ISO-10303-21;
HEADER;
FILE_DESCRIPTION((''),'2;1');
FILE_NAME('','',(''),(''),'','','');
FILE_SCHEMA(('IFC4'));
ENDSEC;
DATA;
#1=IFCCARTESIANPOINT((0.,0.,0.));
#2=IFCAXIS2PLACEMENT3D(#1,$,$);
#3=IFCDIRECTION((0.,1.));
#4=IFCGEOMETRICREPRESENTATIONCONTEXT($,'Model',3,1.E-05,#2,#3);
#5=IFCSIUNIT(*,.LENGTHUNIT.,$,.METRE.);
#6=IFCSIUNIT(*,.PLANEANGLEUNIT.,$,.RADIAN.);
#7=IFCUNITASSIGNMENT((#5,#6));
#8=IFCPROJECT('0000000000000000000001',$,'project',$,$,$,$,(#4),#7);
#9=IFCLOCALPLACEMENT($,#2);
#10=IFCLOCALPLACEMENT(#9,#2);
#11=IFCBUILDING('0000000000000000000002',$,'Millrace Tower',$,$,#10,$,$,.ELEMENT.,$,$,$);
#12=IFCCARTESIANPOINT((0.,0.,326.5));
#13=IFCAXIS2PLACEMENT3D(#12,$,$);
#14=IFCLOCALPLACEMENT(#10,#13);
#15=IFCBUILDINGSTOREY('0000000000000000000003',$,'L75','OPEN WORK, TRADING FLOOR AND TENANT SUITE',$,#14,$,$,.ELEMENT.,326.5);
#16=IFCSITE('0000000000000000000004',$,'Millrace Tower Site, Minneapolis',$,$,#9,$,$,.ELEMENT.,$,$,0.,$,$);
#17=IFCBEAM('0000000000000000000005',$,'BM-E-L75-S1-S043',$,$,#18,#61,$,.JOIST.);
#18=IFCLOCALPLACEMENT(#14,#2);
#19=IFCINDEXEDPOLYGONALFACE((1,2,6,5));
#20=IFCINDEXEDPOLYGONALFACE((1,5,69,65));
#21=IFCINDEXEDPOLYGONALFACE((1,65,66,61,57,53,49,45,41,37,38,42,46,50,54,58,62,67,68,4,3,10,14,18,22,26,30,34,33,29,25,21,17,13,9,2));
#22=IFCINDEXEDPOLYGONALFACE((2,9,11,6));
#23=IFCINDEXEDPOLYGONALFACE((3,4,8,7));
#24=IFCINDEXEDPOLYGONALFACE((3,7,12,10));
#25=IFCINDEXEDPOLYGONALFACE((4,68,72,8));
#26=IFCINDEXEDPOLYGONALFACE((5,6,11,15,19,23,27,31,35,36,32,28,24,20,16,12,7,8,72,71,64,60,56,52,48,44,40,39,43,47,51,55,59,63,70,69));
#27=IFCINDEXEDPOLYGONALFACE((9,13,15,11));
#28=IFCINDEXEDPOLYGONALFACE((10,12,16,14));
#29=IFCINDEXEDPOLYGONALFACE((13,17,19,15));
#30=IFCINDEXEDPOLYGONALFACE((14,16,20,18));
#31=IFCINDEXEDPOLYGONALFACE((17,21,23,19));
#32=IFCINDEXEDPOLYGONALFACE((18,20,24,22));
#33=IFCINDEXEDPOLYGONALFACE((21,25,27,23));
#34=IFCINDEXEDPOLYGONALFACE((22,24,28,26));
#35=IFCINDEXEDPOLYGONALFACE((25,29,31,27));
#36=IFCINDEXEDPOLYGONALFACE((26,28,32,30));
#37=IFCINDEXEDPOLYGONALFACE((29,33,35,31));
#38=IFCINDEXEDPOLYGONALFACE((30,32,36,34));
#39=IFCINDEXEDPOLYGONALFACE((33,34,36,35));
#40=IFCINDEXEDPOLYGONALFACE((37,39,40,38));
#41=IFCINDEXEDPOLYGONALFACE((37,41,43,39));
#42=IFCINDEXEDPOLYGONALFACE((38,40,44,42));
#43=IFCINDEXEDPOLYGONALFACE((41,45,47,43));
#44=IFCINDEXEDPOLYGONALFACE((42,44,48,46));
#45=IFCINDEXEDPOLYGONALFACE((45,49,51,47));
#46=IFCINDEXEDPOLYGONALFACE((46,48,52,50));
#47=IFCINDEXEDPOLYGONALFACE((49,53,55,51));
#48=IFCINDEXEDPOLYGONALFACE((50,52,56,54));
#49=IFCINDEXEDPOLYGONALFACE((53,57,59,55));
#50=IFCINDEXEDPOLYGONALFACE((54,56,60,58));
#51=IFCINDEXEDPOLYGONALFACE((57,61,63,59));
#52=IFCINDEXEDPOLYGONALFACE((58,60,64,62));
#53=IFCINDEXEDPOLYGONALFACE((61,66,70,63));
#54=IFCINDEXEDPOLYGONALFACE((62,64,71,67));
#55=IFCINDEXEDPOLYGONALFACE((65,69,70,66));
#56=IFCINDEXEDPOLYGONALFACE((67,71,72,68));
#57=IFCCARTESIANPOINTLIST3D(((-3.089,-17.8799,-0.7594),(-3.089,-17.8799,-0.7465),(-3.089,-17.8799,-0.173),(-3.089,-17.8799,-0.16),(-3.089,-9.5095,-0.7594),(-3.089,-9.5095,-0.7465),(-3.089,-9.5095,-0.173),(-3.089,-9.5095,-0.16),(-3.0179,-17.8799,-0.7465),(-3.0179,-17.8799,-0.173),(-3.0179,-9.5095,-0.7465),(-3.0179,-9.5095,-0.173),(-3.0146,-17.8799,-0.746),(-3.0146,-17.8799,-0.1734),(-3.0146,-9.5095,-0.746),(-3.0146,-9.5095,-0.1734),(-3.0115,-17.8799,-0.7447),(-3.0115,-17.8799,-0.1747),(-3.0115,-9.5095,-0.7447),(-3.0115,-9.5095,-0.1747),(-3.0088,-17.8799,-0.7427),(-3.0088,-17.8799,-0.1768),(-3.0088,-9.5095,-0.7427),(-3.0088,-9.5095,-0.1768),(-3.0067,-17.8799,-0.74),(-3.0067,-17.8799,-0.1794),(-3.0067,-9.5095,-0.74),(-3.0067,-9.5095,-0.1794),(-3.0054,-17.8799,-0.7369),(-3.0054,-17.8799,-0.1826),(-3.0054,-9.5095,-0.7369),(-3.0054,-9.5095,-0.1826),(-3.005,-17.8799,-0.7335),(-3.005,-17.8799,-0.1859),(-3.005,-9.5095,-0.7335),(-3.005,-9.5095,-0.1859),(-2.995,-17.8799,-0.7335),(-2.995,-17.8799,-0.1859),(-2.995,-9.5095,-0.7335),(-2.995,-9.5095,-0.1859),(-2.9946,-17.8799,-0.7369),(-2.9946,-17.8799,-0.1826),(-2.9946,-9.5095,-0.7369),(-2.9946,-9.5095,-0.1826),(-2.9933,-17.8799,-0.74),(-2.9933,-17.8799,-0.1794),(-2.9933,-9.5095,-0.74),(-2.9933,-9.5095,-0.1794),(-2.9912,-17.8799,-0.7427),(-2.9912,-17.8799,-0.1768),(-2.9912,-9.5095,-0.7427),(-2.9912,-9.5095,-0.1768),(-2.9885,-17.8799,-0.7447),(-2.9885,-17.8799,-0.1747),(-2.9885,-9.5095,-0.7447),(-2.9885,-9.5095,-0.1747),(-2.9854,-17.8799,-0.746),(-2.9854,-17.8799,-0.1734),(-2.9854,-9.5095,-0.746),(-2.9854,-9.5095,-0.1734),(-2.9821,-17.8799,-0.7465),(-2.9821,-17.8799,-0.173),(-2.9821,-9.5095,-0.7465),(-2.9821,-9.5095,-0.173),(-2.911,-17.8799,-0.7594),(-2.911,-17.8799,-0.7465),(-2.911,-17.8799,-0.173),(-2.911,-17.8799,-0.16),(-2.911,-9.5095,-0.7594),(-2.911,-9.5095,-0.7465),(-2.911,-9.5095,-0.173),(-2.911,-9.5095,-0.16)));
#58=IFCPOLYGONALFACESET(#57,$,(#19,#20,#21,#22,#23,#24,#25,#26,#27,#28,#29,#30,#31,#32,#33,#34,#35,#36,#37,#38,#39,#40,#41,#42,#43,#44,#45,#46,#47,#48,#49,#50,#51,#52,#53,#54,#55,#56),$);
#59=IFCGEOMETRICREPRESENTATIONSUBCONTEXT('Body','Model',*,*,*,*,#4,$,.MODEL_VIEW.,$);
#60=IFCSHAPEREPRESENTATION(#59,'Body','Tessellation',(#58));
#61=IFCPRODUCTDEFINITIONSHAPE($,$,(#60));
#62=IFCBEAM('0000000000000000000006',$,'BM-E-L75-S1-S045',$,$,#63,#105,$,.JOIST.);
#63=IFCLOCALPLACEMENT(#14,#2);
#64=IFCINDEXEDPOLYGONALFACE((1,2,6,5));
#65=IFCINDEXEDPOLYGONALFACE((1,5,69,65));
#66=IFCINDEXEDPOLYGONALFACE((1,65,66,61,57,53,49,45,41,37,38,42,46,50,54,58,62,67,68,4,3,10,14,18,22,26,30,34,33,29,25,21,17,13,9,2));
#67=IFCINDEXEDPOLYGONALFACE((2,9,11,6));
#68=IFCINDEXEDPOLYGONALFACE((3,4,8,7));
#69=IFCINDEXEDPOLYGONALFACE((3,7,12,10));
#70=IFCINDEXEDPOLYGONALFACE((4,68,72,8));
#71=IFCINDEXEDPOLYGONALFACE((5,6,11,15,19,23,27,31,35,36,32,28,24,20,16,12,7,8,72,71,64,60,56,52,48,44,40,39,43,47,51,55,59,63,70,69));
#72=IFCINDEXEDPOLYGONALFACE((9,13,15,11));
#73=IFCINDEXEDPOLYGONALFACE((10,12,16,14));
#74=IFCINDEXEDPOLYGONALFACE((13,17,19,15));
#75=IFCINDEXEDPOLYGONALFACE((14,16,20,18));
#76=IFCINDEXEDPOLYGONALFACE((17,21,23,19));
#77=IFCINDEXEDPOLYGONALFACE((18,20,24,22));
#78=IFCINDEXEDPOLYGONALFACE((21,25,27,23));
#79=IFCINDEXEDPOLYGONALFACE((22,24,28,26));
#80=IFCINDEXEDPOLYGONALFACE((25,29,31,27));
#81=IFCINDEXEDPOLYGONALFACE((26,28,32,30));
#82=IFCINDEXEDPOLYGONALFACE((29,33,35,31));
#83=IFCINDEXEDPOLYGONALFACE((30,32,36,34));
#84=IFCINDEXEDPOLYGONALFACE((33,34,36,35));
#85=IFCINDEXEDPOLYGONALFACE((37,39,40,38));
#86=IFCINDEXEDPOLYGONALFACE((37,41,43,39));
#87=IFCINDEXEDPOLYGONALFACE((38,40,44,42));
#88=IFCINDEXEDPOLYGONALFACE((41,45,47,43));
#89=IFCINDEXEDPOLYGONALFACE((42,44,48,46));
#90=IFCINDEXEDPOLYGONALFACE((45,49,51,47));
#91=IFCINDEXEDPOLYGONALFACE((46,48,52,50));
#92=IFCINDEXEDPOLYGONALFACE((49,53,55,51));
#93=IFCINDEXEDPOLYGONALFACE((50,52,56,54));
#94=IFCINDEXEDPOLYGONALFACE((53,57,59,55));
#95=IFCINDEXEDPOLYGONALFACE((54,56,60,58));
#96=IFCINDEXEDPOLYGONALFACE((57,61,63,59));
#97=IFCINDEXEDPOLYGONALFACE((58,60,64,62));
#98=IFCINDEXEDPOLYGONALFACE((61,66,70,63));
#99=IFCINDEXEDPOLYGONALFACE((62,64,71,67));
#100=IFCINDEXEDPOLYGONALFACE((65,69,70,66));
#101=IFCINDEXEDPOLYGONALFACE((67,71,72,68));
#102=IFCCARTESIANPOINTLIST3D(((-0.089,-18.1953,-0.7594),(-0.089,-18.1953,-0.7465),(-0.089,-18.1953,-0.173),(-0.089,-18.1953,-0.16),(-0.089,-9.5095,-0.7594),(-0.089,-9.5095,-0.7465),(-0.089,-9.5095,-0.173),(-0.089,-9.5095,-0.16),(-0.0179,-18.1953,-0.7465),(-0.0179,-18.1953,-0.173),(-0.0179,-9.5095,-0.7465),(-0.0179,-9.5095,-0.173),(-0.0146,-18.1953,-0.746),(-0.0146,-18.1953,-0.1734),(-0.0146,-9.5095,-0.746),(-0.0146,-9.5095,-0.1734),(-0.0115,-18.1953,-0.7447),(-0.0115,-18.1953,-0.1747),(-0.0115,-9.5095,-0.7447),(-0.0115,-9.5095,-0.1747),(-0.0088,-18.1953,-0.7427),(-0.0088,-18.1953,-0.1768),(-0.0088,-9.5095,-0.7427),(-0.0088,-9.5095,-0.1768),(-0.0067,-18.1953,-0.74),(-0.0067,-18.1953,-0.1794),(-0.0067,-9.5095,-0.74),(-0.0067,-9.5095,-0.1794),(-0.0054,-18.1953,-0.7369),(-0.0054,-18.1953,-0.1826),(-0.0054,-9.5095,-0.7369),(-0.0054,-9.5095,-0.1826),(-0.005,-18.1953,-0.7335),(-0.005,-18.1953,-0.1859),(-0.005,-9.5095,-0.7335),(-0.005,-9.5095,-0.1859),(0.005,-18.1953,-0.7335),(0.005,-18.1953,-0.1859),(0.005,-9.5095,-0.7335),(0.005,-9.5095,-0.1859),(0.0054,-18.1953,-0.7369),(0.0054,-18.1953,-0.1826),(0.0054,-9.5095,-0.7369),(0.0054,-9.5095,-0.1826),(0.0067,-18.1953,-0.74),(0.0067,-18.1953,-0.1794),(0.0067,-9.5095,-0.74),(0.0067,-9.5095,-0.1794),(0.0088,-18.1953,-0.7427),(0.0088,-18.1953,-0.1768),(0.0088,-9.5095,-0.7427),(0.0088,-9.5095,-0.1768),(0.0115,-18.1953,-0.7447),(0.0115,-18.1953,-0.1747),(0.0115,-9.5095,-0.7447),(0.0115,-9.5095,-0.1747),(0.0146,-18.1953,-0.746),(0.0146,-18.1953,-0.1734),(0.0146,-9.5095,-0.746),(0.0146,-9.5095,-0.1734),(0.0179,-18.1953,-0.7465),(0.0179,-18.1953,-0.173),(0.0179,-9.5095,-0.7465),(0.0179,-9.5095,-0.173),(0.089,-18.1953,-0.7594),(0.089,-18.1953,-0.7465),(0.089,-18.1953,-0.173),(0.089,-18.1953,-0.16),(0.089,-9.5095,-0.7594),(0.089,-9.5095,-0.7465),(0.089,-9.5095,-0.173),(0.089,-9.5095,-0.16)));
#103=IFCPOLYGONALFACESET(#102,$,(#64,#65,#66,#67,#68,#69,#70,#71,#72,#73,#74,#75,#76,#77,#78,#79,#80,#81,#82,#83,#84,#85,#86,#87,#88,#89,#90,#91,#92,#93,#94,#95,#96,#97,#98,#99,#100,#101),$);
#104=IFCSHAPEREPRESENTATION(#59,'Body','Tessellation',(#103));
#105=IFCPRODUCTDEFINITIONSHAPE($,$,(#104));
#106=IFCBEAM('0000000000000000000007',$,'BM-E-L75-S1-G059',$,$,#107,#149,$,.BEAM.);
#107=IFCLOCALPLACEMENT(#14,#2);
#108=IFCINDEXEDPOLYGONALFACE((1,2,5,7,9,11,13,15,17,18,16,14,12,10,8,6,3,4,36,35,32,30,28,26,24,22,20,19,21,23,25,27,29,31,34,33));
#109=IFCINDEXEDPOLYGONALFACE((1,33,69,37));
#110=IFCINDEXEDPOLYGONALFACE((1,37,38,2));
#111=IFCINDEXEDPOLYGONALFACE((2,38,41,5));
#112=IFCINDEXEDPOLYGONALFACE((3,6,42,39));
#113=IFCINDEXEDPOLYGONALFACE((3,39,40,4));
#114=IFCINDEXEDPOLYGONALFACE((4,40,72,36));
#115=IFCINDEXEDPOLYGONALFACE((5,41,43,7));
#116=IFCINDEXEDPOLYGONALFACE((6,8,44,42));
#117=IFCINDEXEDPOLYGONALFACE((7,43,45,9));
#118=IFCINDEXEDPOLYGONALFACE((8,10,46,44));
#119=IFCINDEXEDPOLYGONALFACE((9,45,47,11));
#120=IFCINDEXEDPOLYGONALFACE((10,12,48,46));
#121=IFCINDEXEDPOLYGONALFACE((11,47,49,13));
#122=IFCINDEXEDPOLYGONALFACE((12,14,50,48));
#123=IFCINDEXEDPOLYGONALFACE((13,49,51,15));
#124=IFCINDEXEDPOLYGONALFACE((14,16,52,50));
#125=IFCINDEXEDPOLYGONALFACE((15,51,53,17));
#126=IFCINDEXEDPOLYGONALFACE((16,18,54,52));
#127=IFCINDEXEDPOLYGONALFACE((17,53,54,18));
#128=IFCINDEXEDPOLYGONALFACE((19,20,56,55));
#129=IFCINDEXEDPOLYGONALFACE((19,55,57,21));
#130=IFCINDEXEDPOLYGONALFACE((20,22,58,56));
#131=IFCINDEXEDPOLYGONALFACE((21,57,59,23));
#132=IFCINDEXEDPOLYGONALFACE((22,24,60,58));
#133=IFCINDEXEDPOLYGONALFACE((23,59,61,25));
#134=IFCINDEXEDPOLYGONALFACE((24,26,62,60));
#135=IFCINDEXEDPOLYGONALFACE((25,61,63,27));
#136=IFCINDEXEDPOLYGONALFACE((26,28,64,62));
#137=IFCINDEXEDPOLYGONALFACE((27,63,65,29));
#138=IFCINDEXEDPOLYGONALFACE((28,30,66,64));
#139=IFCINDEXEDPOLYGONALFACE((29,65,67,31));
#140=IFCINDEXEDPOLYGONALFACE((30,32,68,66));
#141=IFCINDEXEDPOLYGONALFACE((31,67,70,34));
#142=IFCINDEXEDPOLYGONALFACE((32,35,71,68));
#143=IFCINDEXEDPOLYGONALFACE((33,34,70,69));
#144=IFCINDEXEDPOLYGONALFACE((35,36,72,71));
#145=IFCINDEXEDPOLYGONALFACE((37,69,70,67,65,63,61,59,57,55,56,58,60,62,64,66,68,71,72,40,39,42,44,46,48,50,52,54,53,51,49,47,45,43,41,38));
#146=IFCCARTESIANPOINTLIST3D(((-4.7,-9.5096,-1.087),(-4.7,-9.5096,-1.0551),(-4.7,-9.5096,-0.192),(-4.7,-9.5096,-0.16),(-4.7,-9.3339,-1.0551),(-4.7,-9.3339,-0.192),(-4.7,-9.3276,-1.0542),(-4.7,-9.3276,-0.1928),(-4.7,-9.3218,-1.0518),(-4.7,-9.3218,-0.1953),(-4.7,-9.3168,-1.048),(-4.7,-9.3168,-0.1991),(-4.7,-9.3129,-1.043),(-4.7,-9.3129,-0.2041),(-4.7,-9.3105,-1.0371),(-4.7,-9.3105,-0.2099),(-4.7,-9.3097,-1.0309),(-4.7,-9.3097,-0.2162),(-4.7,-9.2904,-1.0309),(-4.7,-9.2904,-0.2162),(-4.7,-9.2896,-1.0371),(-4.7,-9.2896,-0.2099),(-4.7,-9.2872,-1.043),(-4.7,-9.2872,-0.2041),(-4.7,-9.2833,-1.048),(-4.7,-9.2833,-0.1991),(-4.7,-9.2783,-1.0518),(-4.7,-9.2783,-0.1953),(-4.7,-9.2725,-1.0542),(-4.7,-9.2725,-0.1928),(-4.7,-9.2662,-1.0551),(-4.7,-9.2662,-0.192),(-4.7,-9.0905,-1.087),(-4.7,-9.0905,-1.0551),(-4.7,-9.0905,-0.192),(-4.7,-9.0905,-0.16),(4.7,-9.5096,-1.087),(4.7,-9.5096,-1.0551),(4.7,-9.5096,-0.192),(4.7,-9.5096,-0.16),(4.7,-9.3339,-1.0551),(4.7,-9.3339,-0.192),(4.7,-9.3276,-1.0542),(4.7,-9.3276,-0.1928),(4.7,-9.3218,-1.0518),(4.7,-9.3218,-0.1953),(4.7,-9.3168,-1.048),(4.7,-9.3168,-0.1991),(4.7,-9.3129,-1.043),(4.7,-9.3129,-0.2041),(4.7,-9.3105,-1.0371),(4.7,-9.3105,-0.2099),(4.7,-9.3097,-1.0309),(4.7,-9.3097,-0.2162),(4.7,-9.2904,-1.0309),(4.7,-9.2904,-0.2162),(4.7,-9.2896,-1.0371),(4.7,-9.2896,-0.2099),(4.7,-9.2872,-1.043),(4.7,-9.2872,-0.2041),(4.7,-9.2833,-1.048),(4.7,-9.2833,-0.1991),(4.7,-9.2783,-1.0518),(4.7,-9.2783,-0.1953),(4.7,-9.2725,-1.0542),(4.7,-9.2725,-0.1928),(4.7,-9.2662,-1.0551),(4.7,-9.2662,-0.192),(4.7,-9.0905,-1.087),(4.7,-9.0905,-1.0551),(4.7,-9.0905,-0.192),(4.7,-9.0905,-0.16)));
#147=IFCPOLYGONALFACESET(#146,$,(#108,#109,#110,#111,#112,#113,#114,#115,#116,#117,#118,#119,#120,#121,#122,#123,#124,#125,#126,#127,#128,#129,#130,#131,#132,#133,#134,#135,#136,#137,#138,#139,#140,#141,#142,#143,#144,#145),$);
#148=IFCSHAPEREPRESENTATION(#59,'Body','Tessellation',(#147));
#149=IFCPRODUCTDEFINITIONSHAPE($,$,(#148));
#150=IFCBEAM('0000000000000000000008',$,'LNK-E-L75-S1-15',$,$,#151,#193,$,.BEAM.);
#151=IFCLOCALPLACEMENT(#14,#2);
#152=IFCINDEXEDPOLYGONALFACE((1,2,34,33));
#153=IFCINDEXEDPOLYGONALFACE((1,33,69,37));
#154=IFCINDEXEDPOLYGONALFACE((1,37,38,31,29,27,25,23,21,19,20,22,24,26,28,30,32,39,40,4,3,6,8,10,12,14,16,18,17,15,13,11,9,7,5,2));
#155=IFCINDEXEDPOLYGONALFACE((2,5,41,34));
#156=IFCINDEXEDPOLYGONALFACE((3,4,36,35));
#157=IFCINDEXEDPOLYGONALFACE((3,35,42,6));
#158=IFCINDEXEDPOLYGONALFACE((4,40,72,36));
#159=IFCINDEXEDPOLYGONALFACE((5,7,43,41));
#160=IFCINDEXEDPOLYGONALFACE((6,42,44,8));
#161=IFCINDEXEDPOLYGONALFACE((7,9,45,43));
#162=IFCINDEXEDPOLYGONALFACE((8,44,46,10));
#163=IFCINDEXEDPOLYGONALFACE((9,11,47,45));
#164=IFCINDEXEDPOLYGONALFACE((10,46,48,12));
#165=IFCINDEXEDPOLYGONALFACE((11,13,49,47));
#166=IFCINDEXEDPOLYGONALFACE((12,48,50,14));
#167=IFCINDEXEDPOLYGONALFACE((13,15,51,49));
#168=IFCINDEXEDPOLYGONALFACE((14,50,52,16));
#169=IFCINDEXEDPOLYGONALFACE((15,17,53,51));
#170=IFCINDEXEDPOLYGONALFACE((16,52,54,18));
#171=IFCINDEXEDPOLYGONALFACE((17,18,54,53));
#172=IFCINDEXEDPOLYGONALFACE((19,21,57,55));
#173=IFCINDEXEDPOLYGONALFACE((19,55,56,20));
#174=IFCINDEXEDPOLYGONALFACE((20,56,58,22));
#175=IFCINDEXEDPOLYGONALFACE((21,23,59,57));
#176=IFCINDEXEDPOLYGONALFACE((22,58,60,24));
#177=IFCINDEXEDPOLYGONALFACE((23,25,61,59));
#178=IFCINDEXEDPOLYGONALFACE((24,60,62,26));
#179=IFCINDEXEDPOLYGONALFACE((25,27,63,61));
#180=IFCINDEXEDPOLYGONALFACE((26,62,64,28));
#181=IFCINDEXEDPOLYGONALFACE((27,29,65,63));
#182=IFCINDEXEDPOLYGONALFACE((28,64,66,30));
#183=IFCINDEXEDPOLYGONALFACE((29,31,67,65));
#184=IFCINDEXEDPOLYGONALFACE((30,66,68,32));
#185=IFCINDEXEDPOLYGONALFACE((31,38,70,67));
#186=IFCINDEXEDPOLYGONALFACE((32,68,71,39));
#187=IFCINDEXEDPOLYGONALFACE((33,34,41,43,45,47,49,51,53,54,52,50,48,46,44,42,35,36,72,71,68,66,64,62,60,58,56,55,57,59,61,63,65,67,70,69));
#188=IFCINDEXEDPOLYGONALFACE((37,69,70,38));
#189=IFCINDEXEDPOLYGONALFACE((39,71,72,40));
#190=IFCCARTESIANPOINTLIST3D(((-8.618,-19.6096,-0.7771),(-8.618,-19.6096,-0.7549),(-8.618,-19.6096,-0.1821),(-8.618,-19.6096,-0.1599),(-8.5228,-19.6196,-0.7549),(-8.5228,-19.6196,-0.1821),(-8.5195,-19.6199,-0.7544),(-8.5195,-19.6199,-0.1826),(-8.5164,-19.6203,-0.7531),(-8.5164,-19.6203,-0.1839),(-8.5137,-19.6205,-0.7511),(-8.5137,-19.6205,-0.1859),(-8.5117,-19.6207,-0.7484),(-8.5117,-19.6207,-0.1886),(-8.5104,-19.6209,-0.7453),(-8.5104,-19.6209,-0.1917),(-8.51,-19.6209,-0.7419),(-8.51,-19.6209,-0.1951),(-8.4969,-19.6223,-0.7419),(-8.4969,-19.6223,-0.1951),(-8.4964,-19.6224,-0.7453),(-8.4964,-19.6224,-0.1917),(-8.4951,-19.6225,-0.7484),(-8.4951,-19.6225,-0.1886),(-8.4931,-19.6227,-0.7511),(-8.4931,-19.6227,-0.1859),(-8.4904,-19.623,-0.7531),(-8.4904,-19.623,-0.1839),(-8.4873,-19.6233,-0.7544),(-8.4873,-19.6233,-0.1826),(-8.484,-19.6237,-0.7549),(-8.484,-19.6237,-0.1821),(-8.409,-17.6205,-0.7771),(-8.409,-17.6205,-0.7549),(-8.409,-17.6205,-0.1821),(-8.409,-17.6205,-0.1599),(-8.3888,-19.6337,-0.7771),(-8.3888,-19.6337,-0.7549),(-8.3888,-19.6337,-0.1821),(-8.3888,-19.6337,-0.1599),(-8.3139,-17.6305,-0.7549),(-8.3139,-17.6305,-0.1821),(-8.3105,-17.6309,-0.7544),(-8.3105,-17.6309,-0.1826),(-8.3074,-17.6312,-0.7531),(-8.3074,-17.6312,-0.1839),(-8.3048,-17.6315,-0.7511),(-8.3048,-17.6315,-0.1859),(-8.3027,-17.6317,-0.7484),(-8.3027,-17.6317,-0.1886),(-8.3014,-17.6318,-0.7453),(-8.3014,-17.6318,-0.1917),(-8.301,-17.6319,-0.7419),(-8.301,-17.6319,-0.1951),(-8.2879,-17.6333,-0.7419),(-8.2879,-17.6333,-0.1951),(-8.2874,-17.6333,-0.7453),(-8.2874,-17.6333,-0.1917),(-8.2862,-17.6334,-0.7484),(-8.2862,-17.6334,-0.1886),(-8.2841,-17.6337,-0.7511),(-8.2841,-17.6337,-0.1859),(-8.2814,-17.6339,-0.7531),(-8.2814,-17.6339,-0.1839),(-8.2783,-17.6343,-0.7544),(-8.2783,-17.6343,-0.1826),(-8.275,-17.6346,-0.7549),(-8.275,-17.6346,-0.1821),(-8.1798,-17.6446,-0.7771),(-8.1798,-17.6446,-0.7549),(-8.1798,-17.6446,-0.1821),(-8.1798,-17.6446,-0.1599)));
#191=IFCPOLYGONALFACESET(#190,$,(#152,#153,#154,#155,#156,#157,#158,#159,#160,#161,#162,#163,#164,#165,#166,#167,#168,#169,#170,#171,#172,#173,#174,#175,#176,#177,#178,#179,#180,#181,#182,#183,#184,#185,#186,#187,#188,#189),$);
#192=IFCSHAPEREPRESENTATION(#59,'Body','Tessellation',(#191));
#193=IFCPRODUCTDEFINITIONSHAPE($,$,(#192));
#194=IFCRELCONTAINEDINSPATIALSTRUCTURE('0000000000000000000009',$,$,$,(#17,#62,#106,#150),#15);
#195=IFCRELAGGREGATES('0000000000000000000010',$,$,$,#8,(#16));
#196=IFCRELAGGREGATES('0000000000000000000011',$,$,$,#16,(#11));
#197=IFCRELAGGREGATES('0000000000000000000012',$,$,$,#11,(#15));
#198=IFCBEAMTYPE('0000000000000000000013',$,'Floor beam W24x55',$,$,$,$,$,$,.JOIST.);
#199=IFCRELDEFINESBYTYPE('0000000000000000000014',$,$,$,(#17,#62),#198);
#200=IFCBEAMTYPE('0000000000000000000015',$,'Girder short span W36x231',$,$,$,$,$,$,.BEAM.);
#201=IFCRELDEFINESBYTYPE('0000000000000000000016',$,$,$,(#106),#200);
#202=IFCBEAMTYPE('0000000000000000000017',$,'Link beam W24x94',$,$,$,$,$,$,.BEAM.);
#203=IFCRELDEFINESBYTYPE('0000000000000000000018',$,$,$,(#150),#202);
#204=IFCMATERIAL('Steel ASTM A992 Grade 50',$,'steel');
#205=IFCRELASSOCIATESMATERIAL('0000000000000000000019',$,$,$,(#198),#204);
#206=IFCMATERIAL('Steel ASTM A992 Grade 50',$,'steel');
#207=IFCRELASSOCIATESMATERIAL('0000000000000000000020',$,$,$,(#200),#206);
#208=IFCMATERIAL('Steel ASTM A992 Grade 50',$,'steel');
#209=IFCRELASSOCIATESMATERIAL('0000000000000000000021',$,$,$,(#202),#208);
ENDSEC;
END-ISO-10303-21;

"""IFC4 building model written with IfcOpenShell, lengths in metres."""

from ifc_helpers import new_model, si_unit, direction, frame, origin, origin_2d, place, context, subcontext, project, spatial, i_section, extrude, material, material_profile, profile_set, type_object, element, save


model = new_model("IFC4")

# Units and contexts
model_context = context("Model", 3, precision=1e-05, world=origin(), true_north=direction((0.0, 1.0)))
body_context = subcontext(model_context, "Body", "Model", "MODEL_VIEW")
ifc_project = project(units=[si_unit("LENGTHUNIT", "METRE"), si_unit("PLANEANGLEUNIT", "RADIAN")], contexts=[model_context])

# Site, building, storey
site_placement = place(None, origin())
site = spatial("IfcSite", under=ifc_project, at=site_placement, Name="Millrace Tower Site, Minneapolis", CompositionType="ELEMENT", RefElevation=0.0)
building_placement = place(site_placement, origin())
building = spatial("IfcBuilding", under=site, at=building_placement, Name="Millrace Tower", CompositionType="ELEMENT")
storey_placement = place(building_placement, frame((0.0, 0.0, 326.5)))
storey = spatial("IfcBuildingStorey", under=building, at=storey_placement, Name="L75", Description="OPEN WORK, TRADING FLOOR AND TENANT SUITE", CompositionType="ELEMENT", Elevation=326.5)

# Beams
ifc_material_1 = material(Name="Steel ASTM A992 Grade 50", Category="steel")
ifc_material_profile_1 = material_profile(ifc_material_1, i_section(OverallWidth=0.178, OverallDepth=0.5994, WebThickness=0.01, FlangeThickness=0.0129, FilletRadius=0.0129, at=origin_2d()))
ifc_profile_set_1 = profile_set([ifc_material_profile_1], Name="Steel ASTM A992 Grade 50")
beam_type_1 = type_object("IfcBeamType", Name="Floor beam W24x55", PredefinedType="JOIST", material=ifc_profile_set_1)
beam_1_placement = place(storey_placement, frame((-3.0, -17.8799, -0.4597), z_axis=(0.0, 1.0, 0.0), x_axis=(-1.0, 0.0, 0.0)))
element("IfcBeam", 1, at=beam_1_placement, inside=storey, type_object=beam_type_1, Name="BM-E-L75-S1-S043", PredefinedType="JOIST", context=body_context, shape_type="SweptSolid", body=[
    extrude(i_section(OverallWidth=0.178, OverallDepth=0.5994, WebThickness=0.01, FlangeThickness=0.0129, FilletRadius=0.0129, at=origin_2d()), origin(), (0.0, 0.0, 1.0), 8.3704),
])
beam_2_placement = place(storey_placement, frame((0.0, -18.1953, -0.4597), z_axis=(0.0, 1.0, 0.0), x_axis=(-1.0, 0.0, 0.0)))
element("IfcBeam", 2, at=beam_2_placement, inside=storey, type_object=beam_type_1, Name="BM-E-L75-S1-S045", PredefinedType="JOIST", context=body_context, shape_type="SweptSolid", body=[
    extrude(i_section(OverallWidth=0.178, OverallDepth=0.5994, WebThickness=0.01, FlangeThickness=0.0129, FilletRadius=0.0129, at=origin_2d()), origin(), (0.0, 0.0, 1.0), 8.6858),
])
ifc_material_2 = material(Name="Steel ASTM A992 Grade 50", Category="steel")
ifc_material_profile_2 = material_profile(ifc_material_2, i_section(OverallWidth=0.4192, OverallDepth=0.927, WebThickness=0.0193, FlangeThickness=0.032, FilletRadius=0.0242, at=origin_2d()))
ifc_profile_set_2 = profile_set([ifc_material_profile_2], Name="Steel ASTM A992 Grade 50")
beam_type_2 = type_object("IfcBeamType", Name="Girder short span W36x231", PredefinedType="BEAM", material=ifc_profile_set_2)
beam_3_placement = place(storey_placement, frame((-4.7, -9.3, -0.6235), z_axis=(1.0, 0.0, 0.0), x_axis=(0.0, 1.0, 0.0)))
element("IfcBeam", 3, at=beam_3_placement, inside=storey, type_object=beam_type_2, Name="BM-E-L75-S1-G059", PredefinedType="BEAM", context=body_context, shape_type="SweptSolid", body=[
    extrude(i_section(OverallWidth=0.4192, OverallDepth=0.927, WebThickness=0.0193, FlangeThickness=0.032, FilletRadius=0.0242, at=origin_2d()), origin(), (0.0, 0.0, 1.0), 9.3999),
])
ifc_material_3 = material(Name="Steel ASTM A992 Grade 50", Category="steel")
ifc_material_profile_3 = material_profile(ifc_material_3, i_section(OverallWidth=0.2305, OverallDepth=0.6172, WebThickness=0.0132, FlangeThickness=0.0222, FilletRadius=0.0129, at=origin_2d()))
ifc_profile_set_3 = profile_set([ifc_material_profile_3], Name="Steel ASTM A992 Grade 50")
beam_type_3 = type_object("IfcBeamType", Name="Link beam W24x94", PredefinedType="BEAM", material=ifc_profile_set_3)
beam_4_placement = place(storey_placement, frame((-8.2944, -17.6326, -0.4685), z_axis=(-0.104494, -0.994526, 0.0), x_axis=(0.994526, -0.104494, 0.0)))
element("IfcBeam", 4, at=beam_4_placement, inside=storey, type_object=beam_type_3, Name="LNK-E-L75-S1-15", PredefinedType="BEAM", context=body_context, shape_type="SweptSolid", body=[
    extrude(i_section(OverallWidth=0.2305, OverallDepth=0.6172, WebThickness=0.0132, FlangeThickness=0.0222, FilletRadius=0.0129, at=origin_2d()), origin(), (0.0, 0.0, 1.0), 2.0),
])

save(model, "model.ifc")
